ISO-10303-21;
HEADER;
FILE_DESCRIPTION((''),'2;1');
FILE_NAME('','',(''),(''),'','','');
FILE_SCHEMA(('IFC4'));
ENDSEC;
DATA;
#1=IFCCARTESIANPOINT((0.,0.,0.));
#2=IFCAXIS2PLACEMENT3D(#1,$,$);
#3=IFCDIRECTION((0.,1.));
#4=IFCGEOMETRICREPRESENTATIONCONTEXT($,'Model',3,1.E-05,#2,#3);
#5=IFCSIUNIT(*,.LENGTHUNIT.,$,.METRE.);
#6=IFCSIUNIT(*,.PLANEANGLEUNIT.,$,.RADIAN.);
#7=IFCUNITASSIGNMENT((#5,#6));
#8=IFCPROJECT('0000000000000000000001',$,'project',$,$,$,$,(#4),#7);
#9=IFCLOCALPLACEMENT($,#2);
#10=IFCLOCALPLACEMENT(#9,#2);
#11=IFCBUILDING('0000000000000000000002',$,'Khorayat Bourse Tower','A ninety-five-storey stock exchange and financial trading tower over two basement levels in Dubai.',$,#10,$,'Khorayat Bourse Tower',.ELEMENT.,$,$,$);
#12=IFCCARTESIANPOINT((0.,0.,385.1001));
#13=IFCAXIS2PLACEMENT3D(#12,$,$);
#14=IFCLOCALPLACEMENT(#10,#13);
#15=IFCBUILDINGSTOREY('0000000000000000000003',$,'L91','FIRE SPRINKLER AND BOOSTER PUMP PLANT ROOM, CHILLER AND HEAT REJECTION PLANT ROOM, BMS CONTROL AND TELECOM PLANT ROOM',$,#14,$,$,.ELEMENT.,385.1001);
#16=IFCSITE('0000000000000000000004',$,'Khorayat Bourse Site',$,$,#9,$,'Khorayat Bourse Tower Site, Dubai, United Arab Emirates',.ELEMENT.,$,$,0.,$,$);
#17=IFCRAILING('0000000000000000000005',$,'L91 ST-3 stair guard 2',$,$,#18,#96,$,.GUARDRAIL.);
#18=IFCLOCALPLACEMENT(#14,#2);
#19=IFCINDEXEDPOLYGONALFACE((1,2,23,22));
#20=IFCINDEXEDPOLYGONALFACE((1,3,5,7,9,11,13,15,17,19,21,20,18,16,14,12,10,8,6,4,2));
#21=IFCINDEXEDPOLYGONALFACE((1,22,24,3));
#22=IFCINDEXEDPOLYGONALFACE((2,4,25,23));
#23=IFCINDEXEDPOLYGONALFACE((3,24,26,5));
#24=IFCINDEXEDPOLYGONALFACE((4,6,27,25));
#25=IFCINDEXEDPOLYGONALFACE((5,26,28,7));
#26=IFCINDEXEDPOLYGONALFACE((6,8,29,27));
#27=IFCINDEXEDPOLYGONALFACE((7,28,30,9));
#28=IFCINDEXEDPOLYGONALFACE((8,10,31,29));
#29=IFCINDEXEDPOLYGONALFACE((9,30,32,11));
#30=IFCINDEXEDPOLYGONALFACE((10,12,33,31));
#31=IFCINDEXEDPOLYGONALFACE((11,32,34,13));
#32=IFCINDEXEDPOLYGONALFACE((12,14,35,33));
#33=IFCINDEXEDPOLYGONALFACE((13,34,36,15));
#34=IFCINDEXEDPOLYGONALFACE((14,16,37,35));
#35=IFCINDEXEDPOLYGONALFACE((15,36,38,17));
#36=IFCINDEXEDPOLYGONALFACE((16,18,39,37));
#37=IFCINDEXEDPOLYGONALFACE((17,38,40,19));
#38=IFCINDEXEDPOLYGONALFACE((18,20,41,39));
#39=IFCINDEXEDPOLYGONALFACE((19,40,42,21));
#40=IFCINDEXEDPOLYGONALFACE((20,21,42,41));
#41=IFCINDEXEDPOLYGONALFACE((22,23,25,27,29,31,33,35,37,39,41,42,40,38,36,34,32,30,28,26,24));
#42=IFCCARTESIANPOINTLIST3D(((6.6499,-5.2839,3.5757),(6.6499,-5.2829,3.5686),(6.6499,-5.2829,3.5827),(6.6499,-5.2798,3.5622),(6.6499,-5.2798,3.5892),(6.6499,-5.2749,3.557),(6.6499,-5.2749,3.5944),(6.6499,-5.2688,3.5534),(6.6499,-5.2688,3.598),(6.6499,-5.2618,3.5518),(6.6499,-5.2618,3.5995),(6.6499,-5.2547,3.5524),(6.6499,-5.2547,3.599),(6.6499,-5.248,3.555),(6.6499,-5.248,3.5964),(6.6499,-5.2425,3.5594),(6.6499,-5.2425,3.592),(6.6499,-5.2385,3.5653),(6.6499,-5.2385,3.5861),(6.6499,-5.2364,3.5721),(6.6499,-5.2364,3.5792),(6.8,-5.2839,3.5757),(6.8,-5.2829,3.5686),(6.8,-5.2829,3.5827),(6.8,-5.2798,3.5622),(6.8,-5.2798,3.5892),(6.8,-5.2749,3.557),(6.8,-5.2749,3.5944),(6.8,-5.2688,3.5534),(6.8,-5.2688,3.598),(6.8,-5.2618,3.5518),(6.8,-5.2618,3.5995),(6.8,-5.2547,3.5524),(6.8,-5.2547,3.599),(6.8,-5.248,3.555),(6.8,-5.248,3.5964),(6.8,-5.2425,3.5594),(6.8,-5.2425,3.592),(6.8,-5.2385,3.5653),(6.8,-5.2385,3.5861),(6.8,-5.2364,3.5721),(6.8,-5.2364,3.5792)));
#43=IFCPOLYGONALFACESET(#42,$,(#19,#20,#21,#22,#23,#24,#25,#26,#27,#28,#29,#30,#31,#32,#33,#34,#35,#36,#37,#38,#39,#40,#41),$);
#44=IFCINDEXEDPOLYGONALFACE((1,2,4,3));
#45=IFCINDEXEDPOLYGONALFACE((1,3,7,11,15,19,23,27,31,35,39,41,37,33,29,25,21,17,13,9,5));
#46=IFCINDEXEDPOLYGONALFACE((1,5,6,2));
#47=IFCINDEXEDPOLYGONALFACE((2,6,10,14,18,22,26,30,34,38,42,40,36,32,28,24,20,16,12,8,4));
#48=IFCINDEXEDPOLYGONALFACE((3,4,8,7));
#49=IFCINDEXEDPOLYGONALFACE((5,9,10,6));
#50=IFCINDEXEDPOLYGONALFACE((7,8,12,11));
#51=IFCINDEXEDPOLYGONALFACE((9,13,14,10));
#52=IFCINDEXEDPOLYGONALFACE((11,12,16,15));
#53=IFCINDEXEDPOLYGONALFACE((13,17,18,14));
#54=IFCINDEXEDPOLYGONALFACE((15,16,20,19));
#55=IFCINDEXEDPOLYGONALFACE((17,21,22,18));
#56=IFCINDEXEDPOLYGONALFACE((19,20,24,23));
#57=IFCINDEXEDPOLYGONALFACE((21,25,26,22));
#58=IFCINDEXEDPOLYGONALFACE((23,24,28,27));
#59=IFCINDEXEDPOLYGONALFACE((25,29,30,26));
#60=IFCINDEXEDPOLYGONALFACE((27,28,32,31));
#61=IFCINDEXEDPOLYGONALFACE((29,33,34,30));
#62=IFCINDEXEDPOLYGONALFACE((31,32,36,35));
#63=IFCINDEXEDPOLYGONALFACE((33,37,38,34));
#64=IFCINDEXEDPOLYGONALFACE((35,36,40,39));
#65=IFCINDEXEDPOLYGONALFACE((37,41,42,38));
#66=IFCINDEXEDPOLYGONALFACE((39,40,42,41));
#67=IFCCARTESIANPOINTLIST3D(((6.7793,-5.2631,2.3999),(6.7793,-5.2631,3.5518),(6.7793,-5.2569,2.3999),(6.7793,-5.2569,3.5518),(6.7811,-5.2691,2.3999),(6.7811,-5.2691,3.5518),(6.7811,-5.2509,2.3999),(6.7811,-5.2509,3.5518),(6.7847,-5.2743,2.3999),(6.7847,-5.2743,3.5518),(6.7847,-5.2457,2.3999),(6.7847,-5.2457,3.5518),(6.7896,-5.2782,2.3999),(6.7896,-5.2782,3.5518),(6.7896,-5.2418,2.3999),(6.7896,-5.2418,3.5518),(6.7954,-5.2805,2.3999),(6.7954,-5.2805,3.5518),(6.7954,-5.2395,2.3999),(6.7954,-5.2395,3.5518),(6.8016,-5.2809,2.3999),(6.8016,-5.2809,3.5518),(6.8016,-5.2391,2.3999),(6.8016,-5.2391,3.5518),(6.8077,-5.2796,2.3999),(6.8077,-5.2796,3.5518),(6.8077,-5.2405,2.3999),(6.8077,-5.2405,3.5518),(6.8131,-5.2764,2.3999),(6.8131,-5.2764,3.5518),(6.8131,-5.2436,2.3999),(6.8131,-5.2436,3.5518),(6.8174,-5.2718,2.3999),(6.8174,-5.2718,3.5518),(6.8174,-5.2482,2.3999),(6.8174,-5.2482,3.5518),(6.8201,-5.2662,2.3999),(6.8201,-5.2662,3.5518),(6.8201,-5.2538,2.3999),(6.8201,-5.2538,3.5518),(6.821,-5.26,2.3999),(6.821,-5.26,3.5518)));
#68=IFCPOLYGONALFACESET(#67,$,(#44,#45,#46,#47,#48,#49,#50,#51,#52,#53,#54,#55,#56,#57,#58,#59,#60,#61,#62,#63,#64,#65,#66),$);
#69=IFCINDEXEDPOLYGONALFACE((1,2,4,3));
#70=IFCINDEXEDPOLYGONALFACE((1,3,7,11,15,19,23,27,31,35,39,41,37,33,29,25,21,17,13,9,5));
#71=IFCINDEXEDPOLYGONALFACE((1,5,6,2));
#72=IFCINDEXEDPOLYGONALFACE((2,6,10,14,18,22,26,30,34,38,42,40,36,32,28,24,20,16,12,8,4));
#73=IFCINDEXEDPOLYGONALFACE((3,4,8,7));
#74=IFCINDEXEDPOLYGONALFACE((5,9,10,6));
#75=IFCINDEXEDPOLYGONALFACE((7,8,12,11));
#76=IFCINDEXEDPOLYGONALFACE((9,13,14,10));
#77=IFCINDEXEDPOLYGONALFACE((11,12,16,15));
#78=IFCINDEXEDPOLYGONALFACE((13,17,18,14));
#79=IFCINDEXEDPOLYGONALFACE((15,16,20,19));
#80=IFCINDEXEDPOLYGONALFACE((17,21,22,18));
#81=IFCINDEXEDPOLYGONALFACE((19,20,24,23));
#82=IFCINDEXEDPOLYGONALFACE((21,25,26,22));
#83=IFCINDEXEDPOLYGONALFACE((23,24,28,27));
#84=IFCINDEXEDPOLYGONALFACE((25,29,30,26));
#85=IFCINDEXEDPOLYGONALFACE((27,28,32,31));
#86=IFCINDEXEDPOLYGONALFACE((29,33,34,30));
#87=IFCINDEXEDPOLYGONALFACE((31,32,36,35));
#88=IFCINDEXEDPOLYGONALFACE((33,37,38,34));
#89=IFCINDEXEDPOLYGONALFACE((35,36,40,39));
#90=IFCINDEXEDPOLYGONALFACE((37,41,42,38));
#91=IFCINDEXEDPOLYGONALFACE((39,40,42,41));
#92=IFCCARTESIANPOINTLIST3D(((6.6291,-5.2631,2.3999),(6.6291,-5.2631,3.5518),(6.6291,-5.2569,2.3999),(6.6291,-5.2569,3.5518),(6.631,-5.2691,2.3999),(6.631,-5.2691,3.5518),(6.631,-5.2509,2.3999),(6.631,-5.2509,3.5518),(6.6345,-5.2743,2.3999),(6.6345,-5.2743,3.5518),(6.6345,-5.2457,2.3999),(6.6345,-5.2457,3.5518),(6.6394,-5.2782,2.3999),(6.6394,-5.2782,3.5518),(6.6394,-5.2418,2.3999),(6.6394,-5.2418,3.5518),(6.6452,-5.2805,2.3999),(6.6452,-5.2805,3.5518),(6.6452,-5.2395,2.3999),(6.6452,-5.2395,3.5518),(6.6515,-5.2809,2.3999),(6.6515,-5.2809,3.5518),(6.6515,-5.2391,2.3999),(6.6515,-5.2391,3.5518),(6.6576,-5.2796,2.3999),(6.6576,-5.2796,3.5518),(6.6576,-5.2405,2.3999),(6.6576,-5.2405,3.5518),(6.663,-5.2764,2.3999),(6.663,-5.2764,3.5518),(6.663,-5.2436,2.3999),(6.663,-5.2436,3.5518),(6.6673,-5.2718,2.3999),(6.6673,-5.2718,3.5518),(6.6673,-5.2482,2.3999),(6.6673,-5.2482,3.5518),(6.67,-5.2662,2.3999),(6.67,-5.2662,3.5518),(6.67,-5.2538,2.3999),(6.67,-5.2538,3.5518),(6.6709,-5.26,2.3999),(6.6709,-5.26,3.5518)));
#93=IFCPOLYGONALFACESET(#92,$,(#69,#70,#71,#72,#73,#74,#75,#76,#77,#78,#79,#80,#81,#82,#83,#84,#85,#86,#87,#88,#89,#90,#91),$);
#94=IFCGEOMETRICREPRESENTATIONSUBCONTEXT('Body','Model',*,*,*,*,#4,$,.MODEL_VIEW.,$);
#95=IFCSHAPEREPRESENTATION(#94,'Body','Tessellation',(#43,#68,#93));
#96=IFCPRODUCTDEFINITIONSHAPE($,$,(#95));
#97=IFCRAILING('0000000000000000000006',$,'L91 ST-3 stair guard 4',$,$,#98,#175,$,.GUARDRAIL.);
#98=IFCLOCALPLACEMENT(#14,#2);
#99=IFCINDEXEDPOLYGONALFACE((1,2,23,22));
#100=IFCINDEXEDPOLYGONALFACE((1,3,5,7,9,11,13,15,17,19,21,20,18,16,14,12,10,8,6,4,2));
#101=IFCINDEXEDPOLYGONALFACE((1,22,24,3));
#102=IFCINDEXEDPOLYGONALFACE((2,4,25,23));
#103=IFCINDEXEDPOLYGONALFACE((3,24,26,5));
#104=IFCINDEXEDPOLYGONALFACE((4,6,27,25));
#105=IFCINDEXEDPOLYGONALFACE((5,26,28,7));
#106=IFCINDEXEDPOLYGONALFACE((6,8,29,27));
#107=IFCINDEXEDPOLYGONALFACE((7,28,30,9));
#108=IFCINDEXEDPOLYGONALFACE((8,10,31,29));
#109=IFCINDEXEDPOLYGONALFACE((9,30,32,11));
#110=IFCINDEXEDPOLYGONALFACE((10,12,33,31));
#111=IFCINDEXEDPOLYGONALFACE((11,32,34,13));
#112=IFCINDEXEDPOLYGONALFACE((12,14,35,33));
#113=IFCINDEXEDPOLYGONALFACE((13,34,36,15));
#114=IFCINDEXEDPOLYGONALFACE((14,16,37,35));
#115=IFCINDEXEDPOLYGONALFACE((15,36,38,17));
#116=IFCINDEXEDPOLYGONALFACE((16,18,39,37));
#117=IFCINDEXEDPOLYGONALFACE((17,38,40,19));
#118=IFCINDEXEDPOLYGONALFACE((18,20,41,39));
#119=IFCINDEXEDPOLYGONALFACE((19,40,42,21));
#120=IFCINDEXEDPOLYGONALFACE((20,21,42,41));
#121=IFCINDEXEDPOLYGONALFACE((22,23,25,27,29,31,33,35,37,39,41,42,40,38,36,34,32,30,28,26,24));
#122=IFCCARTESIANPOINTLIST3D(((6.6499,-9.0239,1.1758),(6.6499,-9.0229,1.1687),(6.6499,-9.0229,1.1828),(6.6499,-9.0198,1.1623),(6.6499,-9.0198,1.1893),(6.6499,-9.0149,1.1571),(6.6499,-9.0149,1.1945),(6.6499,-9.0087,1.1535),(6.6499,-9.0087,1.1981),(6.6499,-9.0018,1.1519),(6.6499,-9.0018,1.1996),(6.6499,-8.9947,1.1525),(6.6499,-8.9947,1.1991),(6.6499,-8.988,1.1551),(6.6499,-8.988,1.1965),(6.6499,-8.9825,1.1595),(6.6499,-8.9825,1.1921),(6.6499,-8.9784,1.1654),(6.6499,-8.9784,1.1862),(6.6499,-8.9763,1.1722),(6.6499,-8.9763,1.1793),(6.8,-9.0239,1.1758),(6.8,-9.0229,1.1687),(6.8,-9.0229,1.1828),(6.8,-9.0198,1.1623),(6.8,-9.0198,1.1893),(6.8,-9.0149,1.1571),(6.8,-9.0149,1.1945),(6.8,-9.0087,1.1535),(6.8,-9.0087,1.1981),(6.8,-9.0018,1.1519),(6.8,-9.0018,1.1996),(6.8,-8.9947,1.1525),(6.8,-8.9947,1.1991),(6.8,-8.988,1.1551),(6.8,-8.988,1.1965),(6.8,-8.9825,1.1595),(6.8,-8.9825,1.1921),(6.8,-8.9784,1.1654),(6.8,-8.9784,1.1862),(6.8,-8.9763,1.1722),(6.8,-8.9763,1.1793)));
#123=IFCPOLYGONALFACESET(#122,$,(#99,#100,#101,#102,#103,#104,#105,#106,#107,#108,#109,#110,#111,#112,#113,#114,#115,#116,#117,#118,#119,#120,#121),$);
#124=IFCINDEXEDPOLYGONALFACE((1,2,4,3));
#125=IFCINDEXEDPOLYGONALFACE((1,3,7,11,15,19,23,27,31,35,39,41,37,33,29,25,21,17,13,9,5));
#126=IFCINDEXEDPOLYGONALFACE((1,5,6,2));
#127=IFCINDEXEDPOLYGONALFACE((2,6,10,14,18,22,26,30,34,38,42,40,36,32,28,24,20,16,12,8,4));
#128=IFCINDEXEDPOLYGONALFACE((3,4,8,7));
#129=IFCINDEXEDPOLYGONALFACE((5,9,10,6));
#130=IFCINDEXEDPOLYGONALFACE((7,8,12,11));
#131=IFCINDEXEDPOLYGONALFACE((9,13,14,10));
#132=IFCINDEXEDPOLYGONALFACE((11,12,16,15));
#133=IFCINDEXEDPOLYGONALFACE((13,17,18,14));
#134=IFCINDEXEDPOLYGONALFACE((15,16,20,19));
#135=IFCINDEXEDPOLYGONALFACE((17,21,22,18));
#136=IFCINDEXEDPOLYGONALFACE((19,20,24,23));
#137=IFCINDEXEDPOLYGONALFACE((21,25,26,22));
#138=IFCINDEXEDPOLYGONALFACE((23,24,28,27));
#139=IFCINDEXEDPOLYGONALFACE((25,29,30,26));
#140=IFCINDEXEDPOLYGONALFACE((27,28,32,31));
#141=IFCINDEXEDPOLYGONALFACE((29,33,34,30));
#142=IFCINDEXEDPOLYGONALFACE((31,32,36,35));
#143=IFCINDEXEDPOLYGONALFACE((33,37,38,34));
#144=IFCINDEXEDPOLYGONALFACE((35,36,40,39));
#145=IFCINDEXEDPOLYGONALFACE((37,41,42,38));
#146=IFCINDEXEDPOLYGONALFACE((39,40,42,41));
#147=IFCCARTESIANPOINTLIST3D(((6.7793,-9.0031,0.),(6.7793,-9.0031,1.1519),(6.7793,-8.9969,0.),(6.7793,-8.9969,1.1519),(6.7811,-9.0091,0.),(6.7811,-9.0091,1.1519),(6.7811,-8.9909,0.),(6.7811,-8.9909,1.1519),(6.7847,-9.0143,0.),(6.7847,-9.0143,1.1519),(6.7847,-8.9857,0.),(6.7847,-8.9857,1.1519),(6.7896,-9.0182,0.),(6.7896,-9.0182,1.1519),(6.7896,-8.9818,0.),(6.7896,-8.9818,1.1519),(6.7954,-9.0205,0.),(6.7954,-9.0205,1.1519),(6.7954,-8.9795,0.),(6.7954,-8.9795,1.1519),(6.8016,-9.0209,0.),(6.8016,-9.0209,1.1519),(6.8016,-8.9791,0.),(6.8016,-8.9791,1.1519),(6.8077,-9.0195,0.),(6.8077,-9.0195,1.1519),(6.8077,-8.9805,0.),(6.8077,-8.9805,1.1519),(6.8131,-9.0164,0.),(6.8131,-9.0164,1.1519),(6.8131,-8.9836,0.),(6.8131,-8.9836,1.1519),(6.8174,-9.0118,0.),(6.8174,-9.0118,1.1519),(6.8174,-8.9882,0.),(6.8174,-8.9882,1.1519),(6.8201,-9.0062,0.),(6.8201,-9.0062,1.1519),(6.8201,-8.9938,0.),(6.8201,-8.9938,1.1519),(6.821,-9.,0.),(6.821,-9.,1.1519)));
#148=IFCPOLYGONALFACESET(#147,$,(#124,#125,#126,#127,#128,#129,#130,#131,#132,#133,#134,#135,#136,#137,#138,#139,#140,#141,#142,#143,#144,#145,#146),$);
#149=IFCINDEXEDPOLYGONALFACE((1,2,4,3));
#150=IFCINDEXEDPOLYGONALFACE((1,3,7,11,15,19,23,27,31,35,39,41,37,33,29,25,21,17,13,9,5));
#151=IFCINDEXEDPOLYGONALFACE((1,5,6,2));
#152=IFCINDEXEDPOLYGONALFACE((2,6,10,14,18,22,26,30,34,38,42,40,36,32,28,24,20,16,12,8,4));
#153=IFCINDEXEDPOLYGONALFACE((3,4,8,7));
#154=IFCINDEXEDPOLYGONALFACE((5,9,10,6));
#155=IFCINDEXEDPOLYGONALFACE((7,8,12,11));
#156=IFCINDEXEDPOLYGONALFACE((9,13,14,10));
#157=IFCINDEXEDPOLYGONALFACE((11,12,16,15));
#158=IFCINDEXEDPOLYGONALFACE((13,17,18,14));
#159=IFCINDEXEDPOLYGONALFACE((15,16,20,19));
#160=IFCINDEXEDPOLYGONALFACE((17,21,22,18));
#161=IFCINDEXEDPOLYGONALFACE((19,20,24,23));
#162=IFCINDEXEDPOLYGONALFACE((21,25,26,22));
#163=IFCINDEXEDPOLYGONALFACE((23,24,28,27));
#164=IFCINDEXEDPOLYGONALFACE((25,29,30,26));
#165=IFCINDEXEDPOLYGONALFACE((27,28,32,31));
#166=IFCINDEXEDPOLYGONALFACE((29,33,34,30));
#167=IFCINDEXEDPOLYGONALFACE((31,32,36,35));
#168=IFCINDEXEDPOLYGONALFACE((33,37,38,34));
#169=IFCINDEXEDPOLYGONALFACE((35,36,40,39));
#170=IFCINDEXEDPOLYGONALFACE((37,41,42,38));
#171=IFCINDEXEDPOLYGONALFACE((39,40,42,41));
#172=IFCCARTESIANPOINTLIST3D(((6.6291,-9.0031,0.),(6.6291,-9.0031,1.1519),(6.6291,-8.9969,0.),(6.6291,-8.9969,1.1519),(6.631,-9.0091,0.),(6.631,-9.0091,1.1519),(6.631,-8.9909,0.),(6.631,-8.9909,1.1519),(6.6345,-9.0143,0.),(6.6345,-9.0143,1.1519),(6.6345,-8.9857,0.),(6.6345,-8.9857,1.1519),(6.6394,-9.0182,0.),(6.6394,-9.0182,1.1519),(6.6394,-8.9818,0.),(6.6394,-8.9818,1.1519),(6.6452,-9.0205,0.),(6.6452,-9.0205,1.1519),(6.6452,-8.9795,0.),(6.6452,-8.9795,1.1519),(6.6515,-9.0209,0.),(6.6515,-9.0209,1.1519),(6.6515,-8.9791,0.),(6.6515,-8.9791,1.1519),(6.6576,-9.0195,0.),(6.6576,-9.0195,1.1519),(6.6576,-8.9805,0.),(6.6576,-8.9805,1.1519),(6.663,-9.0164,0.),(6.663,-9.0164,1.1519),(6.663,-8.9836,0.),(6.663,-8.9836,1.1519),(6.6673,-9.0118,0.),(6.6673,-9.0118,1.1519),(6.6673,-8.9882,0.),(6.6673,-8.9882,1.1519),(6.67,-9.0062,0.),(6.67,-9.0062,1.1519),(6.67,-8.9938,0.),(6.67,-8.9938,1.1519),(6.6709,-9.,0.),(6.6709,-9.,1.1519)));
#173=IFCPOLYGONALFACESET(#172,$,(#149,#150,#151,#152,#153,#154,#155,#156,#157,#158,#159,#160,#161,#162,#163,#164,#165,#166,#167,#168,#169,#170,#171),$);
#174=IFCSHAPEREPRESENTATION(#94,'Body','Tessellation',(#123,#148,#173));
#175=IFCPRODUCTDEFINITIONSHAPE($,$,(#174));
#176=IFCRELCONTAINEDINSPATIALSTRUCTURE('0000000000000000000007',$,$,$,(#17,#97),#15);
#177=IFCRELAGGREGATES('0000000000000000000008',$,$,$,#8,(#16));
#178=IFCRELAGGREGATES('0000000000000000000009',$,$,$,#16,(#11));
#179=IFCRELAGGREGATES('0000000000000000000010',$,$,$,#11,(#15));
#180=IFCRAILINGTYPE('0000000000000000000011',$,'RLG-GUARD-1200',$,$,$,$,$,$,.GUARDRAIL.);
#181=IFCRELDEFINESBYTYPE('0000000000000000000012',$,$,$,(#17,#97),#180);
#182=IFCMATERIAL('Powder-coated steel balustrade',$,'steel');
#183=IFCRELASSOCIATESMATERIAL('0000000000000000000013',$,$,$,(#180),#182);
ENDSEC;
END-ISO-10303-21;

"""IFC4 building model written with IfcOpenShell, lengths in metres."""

from ifc_helpers import new_model, si_unit, direction, frame, origin, origin_2d, place, context, subcontext, project, spatial, circle, extrude, source, transform, mapped, material, type_object, element, save


model = new_model("IFC4")

# Units and contexts
model_context = context("Model", 3, precision=1e-05, world=origin(), true_north=direction((0.0, 1.0)))
body_context = subcontext(model_context, "Body", "Model", "MODEL_VIEW")
ifc_project = project(units=[si_unit("LENGTHUNIT", "METRE"), si_unit("PLANEANGLEUNIT", "RADIAN")], contexts=[model_context])

# Site, building, storey
site_placement = place(None, origin())
site = spatial("IfcSite", under=ifc_project, at=site_placement, Name="Khorayat Bourse Site", LongName="Khorayat Bourse Tower Site, Dubai, United Arab Emirates", CompositionType="ELEMENT", RefElevation=0.0)
building_placement = place(site_placement, origin())
building = spatial("IfcBuilding", under=site, at=building_placement, Name="Khorayat Bourse Tower", Description="A ninety-five-storey stock exchange and financial trading tower over two basement levels in Dubai.", LongName="Khorayat Bourse Tower", CompositionType="ELEMENT")
storey_placement = place(building_placement, frame((0.0, 0.0, 385.1001)))
storey = spatial("IfcBuildingStorey", under=building, at=storey_placement, Name="L91", Description="FIRE SPRINKLER AND BOOSTER PUMP PLANT ROOM, CHILLER AND HEAT REJECTION PLANT ROOM, BMS CONTROL AND TELECOM PLANT ROOM", CompositionType="ELEMENT", Elevation=385.1001)

# Railings
ifc_material_1 = material(Name="Powder-coated steel balustrade", Category="steel")
railing_type_1 = type_object("IfcRailingType", Name="RLG-GUARD-1200", PredefinedType="GUARDRAIL", material=ifc_material_1)
shared_shape_1 = source(origin(), body_context, "Body", "SweptSolid", [
    extrude(circle(Radius=0.0239, at=origin_2d()), frame((0.0, 0.0, 1.1758), z_axis=(-1.0, 0.0, 0.0), x_axis=(0.0, -1.0, 0.0)), (0.0, 0.0, 1.0), 0.1501),
    extrude(circle(Radius=0.021, at=origin_2d()), origin(), (0.0, 0.0, 1.0), 1.1519),
    extrude(circle(Radius=0.021, at=origin_2d()), frame((-0.1501, 0.0, 0.0)), (0.0, 0.0, 1.0), 1.1519),
])
for number, where, name in (
    (1, (6.8, -5.26, 2.3999), "L91 ST-3 stair guard 2"),
    (2, (6.8, -9.0, 0.0), "L91 ST-3 stair guard 4"),
):
    element("IfcRailing", number, at=place(storey_placement, frame(where)), inside=storey, type_object=railing_type_1, Name=name, PredefinedType="GUARDRAIL", context=body_context, shape_type="MappedRepresentation", body=[
        mapped(shared_shape_1, transform((0.0, 0.0, 0.0), scale=1.0)),
    ])

save(model, "model.ifc")
